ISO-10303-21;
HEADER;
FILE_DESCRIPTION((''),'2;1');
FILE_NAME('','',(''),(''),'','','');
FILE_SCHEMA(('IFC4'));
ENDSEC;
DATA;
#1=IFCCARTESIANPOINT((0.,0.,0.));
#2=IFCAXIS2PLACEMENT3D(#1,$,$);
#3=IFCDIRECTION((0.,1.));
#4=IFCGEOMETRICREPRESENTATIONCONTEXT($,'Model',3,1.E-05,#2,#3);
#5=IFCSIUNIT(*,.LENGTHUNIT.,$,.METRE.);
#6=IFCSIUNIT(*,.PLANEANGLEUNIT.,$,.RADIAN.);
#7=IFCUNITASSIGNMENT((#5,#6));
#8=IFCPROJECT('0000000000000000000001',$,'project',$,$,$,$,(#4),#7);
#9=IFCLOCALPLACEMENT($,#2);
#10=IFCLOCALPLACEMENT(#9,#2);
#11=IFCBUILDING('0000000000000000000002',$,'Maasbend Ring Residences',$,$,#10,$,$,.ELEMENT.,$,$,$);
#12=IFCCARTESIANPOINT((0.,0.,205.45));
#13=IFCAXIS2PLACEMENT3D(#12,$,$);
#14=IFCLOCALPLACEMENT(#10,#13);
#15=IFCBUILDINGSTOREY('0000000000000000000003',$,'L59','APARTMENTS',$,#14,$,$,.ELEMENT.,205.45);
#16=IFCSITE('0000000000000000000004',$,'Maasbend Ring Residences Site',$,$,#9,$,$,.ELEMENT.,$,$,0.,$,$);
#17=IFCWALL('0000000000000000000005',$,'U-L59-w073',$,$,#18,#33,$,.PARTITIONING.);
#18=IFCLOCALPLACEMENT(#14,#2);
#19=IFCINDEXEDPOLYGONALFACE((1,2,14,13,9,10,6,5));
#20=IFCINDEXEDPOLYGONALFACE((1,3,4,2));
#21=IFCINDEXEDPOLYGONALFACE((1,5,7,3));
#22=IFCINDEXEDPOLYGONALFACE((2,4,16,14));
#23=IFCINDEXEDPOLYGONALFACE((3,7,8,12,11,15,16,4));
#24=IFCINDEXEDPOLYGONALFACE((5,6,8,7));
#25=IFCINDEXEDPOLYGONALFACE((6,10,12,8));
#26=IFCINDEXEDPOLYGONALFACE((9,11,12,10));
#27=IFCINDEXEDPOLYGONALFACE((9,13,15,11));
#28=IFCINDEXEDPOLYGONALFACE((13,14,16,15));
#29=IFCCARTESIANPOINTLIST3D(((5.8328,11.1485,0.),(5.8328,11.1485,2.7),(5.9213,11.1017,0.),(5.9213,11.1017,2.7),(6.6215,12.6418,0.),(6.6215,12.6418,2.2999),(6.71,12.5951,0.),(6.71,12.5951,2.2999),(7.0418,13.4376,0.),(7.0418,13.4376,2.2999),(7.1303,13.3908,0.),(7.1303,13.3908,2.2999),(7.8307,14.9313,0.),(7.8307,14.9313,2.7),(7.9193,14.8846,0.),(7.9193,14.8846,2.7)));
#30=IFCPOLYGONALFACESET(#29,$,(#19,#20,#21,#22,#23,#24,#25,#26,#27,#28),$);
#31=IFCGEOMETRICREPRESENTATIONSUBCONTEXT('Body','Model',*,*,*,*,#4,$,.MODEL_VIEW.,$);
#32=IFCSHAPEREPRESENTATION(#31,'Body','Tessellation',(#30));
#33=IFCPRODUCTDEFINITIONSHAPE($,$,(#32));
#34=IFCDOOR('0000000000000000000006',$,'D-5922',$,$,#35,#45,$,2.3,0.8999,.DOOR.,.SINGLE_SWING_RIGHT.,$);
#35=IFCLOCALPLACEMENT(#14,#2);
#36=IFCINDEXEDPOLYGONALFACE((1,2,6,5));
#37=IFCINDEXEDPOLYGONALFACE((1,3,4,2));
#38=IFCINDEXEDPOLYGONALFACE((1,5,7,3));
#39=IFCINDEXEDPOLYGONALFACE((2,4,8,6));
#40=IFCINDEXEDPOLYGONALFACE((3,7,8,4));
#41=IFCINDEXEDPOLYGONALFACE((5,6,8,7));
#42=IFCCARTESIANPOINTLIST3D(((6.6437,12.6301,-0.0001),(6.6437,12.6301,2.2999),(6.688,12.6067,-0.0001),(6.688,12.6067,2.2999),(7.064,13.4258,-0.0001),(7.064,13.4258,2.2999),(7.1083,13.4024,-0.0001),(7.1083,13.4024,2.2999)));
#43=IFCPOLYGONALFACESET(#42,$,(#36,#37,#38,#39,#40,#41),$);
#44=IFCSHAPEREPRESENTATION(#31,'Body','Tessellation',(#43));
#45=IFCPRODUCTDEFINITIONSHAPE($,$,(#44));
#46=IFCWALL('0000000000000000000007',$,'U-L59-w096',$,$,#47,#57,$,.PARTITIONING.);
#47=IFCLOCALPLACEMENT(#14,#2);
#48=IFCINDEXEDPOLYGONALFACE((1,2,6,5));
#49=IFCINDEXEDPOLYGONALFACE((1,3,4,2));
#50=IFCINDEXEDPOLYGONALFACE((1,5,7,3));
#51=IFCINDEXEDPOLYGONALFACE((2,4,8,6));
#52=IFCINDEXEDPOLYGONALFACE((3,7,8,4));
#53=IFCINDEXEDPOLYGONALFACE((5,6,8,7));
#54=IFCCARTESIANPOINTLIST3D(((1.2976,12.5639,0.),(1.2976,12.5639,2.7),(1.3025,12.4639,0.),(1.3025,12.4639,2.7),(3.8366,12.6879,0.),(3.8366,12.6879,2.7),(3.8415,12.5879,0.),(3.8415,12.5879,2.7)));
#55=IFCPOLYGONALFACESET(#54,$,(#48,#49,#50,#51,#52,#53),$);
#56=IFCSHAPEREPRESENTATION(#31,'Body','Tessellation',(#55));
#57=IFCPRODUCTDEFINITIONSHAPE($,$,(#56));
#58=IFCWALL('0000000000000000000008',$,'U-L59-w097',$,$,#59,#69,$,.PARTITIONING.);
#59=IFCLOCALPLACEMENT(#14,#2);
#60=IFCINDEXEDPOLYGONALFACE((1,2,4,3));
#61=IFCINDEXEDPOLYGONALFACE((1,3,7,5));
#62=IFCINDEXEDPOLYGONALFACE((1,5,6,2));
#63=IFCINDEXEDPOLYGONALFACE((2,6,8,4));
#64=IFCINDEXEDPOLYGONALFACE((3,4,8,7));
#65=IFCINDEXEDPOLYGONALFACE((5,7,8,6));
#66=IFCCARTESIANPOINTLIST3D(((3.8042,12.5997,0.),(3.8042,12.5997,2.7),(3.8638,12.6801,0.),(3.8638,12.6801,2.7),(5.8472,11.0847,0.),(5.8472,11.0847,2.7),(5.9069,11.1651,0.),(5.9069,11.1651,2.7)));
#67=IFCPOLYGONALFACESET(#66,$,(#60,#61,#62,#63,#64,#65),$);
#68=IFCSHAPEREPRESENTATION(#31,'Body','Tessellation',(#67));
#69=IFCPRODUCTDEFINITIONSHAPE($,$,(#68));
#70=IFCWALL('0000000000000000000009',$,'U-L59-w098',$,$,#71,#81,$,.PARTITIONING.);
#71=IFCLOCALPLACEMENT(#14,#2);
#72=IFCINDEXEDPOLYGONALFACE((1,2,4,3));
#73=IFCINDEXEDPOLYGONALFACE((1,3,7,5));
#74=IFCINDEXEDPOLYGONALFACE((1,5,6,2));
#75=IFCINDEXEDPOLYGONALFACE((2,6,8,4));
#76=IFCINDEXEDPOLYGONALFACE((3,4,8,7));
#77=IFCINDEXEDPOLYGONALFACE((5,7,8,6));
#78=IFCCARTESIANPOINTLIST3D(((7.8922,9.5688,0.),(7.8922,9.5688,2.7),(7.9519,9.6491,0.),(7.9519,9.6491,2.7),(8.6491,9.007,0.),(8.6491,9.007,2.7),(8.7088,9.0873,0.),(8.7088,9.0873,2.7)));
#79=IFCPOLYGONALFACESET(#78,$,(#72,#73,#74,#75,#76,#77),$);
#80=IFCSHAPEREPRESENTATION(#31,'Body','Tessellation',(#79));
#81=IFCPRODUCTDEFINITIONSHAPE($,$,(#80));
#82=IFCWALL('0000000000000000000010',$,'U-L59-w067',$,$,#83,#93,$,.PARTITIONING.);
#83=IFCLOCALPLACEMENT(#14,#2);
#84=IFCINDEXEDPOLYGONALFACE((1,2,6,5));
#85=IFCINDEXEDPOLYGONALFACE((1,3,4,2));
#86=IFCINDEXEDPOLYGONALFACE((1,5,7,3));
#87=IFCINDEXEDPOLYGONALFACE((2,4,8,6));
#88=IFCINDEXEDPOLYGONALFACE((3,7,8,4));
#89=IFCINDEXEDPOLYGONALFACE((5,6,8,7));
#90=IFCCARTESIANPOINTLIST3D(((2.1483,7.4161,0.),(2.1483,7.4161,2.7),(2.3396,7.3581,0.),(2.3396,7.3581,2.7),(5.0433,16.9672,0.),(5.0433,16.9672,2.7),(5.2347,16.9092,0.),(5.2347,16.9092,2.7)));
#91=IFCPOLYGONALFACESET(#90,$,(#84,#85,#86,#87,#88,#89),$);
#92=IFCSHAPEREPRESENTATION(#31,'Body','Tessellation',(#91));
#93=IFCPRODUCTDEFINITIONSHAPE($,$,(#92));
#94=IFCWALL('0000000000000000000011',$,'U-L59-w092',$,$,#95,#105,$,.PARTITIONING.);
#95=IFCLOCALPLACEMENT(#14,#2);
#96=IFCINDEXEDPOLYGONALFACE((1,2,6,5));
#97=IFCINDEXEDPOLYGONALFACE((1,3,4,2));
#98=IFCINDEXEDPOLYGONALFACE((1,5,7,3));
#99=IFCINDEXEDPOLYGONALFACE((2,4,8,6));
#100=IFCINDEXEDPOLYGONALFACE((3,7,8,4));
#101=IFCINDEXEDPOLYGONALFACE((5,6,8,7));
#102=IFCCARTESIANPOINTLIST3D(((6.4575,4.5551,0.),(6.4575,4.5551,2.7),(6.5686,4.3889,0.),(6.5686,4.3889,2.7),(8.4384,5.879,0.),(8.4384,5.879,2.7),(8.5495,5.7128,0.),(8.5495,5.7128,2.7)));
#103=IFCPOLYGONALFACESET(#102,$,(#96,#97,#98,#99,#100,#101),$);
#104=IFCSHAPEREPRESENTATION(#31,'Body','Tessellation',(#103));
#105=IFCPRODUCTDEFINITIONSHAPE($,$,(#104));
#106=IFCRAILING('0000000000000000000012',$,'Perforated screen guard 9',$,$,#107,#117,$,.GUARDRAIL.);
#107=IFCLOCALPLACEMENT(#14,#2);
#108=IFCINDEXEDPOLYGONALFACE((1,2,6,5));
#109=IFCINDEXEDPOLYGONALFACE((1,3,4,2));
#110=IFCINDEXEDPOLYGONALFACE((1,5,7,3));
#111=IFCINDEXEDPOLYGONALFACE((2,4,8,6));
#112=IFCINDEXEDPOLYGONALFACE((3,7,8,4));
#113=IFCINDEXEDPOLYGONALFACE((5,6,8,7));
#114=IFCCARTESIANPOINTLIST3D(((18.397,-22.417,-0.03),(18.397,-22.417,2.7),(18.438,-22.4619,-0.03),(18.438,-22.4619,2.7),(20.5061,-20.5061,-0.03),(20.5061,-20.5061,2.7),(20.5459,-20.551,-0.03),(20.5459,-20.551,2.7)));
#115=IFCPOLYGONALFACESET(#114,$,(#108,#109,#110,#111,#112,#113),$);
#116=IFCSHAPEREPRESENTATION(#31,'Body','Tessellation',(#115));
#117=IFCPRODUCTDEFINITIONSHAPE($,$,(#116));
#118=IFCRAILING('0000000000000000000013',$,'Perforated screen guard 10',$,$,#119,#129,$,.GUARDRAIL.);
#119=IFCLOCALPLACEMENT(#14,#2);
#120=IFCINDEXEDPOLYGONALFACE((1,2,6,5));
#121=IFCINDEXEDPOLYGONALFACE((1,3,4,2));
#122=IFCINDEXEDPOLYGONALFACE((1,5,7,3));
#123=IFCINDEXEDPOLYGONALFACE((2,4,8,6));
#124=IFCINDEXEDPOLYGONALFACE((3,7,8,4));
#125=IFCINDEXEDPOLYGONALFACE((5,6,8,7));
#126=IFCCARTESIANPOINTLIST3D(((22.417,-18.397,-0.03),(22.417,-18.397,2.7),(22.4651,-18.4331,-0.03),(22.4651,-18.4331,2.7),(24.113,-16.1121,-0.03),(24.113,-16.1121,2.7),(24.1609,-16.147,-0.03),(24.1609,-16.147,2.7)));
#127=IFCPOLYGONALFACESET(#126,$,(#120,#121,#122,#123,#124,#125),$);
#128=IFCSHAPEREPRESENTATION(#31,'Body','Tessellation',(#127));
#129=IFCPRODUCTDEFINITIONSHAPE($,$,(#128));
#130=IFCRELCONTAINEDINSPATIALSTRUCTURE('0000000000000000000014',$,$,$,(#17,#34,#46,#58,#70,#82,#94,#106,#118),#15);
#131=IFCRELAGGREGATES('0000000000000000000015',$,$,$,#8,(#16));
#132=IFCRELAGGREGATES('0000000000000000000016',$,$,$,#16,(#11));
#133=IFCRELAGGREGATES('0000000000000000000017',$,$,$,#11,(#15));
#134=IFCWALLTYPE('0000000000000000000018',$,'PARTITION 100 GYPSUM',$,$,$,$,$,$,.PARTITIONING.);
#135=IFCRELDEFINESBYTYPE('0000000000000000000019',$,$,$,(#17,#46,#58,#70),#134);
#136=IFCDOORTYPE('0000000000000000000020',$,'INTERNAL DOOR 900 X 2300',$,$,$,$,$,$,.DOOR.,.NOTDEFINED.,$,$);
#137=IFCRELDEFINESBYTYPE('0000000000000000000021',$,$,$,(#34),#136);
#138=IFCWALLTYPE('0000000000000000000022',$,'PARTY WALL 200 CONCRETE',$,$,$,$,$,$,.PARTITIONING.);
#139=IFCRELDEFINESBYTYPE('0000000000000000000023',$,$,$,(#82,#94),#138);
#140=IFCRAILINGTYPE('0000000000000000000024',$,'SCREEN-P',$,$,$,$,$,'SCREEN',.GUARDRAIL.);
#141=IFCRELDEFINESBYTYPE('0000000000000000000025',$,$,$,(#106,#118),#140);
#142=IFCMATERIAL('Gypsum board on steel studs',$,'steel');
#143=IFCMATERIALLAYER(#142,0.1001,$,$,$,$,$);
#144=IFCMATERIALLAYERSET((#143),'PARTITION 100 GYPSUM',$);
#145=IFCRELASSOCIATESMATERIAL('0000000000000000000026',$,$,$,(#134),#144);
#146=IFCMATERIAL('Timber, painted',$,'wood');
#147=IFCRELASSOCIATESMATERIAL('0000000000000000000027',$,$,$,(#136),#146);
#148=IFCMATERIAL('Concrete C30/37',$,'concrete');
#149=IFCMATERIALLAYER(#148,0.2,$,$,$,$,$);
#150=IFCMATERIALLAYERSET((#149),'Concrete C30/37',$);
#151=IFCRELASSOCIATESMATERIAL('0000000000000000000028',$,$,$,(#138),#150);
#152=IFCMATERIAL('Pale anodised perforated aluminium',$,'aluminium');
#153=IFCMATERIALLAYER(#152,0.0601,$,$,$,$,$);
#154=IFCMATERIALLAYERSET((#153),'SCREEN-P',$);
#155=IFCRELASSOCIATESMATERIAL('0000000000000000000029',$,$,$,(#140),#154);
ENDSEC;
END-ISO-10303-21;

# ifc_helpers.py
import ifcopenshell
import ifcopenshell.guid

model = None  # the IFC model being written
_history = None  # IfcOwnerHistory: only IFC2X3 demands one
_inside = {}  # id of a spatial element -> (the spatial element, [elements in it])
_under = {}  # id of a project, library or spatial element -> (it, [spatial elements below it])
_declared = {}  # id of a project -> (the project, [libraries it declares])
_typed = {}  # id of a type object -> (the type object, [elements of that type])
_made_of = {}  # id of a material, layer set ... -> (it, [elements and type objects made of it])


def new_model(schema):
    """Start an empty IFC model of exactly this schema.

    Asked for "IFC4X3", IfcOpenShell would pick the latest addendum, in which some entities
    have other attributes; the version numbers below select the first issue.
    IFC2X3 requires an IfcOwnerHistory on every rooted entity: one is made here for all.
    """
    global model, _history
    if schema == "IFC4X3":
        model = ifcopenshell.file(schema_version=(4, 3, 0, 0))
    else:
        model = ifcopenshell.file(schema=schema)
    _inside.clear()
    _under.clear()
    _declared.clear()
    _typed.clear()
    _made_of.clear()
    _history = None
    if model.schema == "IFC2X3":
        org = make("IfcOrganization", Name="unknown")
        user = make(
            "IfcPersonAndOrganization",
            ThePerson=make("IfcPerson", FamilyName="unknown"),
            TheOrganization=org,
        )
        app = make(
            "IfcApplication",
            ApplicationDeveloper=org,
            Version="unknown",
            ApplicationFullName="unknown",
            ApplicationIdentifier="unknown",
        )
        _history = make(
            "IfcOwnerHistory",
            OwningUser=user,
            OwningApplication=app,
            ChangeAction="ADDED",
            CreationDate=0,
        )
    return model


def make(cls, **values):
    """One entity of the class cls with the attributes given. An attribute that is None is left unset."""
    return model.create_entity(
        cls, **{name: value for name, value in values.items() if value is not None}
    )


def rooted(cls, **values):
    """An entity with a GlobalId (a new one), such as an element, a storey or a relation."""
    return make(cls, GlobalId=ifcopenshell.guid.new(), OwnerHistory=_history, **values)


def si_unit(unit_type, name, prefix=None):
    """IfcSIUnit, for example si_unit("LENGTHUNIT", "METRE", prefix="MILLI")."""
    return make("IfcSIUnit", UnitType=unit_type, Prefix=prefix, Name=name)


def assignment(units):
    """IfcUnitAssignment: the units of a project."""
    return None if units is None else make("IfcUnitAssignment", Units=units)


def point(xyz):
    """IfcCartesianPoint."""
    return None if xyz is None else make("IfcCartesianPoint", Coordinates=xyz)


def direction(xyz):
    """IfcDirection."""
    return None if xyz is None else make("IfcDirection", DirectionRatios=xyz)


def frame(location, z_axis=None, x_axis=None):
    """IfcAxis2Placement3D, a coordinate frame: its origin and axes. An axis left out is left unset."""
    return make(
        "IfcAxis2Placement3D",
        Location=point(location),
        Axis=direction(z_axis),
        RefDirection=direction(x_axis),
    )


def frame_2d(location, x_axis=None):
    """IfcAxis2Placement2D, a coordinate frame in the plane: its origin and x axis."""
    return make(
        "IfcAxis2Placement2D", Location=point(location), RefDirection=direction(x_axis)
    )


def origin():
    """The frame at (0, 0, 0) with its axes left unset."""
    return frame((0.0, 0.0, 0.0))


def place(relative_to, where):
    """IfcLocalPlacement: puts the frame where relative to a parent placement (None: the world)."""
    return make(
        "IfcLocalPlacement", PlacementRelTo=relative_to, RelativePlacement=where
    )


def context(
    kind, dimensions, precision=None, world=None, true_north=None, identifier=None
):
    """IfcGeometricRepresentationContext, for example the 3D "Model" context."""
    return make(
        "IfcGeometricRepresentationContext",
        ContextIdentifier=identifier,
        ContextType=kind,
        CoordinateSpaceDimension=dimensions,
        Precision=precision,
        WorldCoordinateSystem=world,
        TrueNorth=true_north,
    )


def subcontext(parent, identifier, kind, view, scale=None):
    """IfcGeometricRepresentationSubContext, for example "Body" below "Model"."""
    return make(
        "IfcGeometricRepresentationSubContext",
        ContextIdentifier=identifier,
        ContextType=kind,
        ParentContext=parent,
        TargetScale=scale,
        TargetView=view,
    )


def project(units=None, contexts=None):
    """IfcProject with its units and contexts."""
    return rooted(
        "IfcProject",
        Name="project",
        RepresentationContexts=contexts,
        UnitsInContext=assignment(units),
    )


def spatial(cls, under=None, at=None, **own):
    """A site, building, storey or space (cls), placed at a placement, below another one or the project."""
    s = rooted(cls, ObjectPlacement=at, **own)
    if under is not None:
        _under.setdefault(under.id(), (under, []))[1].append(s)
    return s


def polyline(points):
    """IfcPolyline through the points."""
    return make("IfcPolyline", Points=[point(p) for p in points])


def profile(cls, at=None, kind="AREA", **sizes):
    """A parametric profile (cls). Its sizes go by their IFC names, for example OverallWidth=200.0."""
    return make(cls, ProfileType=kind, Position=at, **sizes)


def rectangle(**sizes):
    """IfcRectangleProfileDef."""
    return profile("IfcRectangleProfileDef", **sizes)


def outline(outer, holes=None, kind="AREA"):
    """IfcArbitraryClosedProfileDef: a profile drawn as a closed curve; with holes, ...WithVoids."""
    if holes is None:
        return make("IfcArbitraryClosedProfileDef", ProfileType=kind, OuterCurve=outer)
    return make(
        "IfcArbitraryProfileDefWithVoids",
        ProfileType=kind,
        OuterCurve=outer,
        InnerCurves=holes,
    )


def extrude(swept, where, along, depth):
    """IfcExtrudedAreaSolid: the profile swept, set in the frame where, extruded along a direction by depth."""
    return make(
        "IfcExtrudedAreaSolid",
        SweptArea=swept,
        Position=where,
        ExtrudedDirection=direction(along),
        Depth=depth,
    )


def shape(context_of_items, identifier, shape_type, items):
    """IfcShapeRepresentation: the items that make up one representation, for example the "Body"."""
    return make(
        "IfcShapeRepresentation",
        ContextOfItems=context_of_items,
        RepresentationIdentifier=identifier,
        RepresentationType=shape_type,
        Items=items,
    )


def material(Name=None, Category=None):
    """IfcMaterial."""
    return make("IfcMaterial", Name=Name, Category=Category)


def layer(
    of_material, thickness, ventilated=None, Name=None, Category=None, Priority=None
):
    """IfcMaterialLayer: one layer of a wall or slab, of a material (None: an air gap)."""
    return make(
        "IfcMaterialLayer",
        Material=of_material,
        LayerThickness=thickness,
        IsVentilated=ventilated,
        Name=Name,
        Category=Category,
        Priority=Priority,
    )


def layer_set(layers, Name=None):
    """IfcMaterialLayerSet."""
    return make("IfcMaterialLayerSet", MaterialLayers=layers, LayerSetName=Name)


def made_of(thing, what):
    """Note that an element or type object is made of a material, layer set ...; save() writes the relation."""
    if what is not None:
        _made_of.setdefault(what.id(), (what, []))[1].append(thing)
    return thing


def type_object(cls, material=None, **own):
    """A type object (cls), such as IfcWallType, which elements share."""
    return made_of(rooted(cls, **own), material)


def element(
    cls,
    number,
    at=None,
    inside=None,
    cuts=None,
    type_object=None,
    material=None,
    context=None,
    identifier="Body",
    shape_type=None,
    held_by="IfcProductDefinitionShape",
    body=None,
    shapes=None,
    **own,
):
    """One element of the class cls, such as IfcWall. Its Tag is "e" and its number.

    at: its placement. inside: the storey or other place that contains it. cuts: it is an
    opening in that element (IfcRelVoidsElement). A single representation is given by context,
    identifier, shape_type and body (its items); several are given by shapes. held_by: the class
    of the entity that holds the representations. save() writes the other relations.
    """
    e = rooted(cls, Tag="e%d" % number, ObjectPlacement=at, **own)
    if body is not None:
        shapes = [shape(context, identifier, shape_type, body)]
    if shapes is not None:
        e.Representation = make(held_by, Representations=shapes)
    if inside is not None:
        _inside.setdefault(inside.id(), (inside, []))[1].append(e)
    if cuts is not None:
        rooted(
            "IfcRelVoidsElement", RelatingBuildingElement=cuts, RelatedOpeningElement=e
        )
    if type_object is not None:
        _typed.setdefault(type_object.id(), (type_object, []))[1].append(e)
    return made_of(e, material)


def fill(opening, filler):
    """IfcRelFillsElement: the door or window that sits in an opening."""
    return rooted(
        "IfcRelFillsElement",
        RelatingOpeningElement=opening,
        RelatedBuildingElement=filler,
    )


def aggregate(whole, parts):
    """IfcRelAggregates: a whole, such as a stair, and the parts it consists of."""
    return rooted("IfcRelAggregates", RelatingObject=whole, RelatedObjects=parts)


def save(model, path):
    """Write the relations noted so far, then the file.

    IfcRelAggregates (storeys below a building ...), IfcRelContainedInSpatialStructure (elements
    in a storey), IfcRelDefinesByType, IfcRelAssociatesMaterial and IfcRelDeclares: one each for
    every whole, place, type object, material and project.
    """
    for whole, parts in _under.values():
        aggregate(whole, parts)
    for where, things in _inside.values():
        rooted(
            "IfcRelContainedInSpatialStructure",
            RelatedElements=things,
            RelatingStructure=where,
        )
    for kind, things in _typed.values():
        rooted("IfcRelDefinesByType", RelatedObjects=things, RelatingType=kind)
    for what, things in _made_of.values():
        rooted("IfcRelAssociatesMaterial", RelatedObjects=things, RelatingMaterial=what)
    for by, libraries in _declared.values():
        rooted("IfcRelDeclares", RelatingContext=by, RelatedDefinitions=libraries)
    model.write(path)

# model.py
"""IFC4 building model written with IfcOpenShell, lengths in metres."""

from ifc_helpers import new_model, si_unit, direction, frame, frame_2d, origin, place, context, subcontext, project, spatial, polyline, rectangle, outline, extrude, material, layer, layer_set, type_object, element, fill, save


model = new_model("IFC4")

# Units and contexts
model_context = context("Model", 3, precision=1e-05, world=origin(), true_north=direction((0.0, 1.0)))
body_context = subcontext(model_context, "Body", "Model", "MODEL_VIEW")
ifc_project = project(units=[si_unit("LENGTHUNIT", "METRE"), si_unit("PLANEANGLEUNIT", "RADIAN")], contexts=[model_context])

# Site, building, storey
site_placement = place(None, origin())
site = spatial("IfcSite", under=ifc_project, at=site_placement, Name="Maasbend Ring Residences Site", CompositionType="ELEMENT", RefElevation=0.0)
building_placement = place(site_placement, origin())
building = spatial("IfcBuilding", under=site, at=building_placement, Name="Maasbend Ring Residences", CompositionType="ELEMENT")
storey_placement = place(building_placement, frame((0.0, 0.0, 205.45)))
storey = spatial("IfcBuildingStorey", under=building, at=storey_placement, Name="L59", Description="APARTMENTS", CompositionType="ELEMENT", Elevation=205.45)

# Shared definitions
ifc_material_1 = material(Name="Gypsum board on steel studs", Category="steel")
ifc_layer_1 = layer(ifc_material_1, 0.1001)
ifc_layer_set_1 = layer_set([ifc_layer_1], Name="PARTITION 100 GYPSUM")
wall_type_1 = type_object("IfcWallType", Name="PARTITION 100 GYPSUM", PredefinedType="PARTITIONING", material=ifc_layer_set_1)
ifc_material_2 = material(Name="Timber, painted", Category="wood")
door_type = type_object("IfcDoorType", Name="INTERNAL DOOR 900 X 2300", OperationType="NOTDEFINED", PredefinedType="DOOR", material=ifc_material_2)

# Wall, opening, door
wall_1_placement = place(storey_placement, frame((5.877, 11.125, 0.0), z_axis=(0.0, 0.0, 1.0), x_axis=(0.46703, 0.884241, 0.0)))
wall_1 = element("IfcWall", 1, at=wall_1_placement, inside=storey, type_object=wall_type_1, Name="U-L59-w073", PredefinedType="PARTITIONING", context=body_context, shape_type="SweptSolid", body=[
    extrude(rectangle(XDim=4.2781, YDim=0.1001, at=frame_2d((2.1392, 0.0))), origin(), (0.0, 0.0, 1.0), 2.7),
])
opening_1_placement = place(wall_1_placement, frame((1.689, 0.0, 0.0)))
opening_1 = element("IfcOpeningElement", 2, at=opening_1_placement, cuts=wall_1, PredefinedType="OPENING", context=body_context, shape_type="SweptSolid", body=[
    extrude(rectangle(XDim=0.8999, YDim=2.3, at=frame_2d((0.45, 1.1499))), frame((0.0, 0.0601, 0.0), z_axis=(0.0, -1.0, 0.0), x_axis=(1.0, 0.0, 0.0)), (0.0, 0.0, 1.0), 0.1201),
])
door_1_placement = place(opening_1_placement, origin())
door_1 = element("IfcDoor", 3, at=door_1_placement, inside=storey, type_object=door_type, Name="D-5922", OperationType="SINGLE_SWING_RIGHT", OverallHeight=2.3, OverallWidth=0.8999, PredefinedType="DOOR", context=body_context, shape_type="SweptSolid", body=[
    extrude(rectangle(XDim=0.8999, YDim=2.3, at=frame_2d((0.45, 1.1499))), frame((0.0, 0.0249, 0.0), z_axis=(0.0, -1.0, 0.0), x_axis=(1.0, 0.0, 0.0)), (0.0, 0.0, 1.0), 0.05),
])
fill(opening_1, door_1)

# Walls
wall_2_placement = place(storey_placement, frame((1.3, 12.5139, 0.0), z_axis=(0.0, 0.0, 1.0), x_axis=(0.998809, 0.048788, 0.0)))
element("IfcWall", 4, at=wall_2_placement, inside=storey, type_object=wall_type_1, Name="U-L59-w096", PredefinedType="PARTITIONING", context=body_context, shape_type="SweptSolid", body=[
    extrude(rectangle(XDim=2.542, YDim=0.1001, at=frame_2d((1.271, 0.0))), origin(), (0.0, 0.0, 1.0), 2.7),
])
wall_3_placement = place(storey_placement, frame((3.834, 12.6399, 0.0), z_axis=(0.0, 0.0, 1.0), x_axis=(0.80326, -0.595629, 0.0)))
element("IfcWall", 5, at=wall_3_placement, inside=storey, type_object=wall_type_1, Name="U-L59-w097", PredefinedType="PARTITIONING", context=body_context, shape_type="SweptSolid", body=[
    extrude(rectangle(XDim=2.5435, YDim=0.1001, at=frame_2d((1.2717, 0.0))), origin(), (0.0, 0.0, 1.0), 2.7),
])
wall_4_placement = place(storey_placement, frame((7.9221, 9.6089, 0.0), z_axis=(0.0, 0.0, 1.0), x_axis=(0.802974, -0.596014, 0.0)))
element("IfcWall", 6, at=wall_4_placement, inside=storey, type_object=wall_type_1, Name="U-L59-w098", PredefinedType="PARTITIONING", context=body_context, shape_type="SweptSolid", body=[
    extrude(rectangle(XDim=0.9426, YDim=0.1001, at=frame_2d((0.4712, 0.0))), origin(), (0.0, 0.0, 1.0), 2.7),
])
ifc_material_3 = material(Name="Concrete C30/37", Category="concrete")
ifc_layer_2 = layer(ifc_material_3, 0.2)
ifc_layer_set_2 = layer_set([ifc_layer_2], Name="Concrete C30/37")
wall_type_2 = type_object("IfcWallType", Name="PARTY WALL 200 CONCRETE", PredefinedType="PARTITIONING", material=ifc_layer_set_2)
wall_5_placement = place(storey_placement, frame((2.2439, 7.387, 0.0), z_axis=(0.0, 0.0, 1.0), x_axis=(0.290078, 0.957003, 0.0)))
element("IfcWall", 7, at=wall_5_placement, inside=storey, type_object=wall_type_2, Name="U-L59-w067", PredefinedType="PARTITIONING", context=body_context, shape_type="SweptSolid", body=[
    extrude(rectangle(XDim=9.9802, YDim=0.2, at=frame_2d((4.9902, 0.0))), origin(), (0.0, 0.0, 1.0), 2.7),
])
wall_6_placement = place(storey_placement, frame((6.5129, 4.4719, 0.0), z_axis=(0.0, 0.0, 1.0), x_axis=(0.831403, 0.555669, 0.0)))
element("IfcWall", 8, at=wall_6_placement, inside=storey, type_object=wall_type_2, Name="U-L59-w092", PredefinedType="PARTITIONING", context=body_context, shape_type="SweptSolid", body=[
    extrude(rectangle(XDim=2.3826, YDim=0.2, at=frame_2d((1.1914, 0.0))), origin(), (0.0, 0.0, 1.0), 2.7),
])

# Railings
ifc_material_4 = material(Name="Pale anodised perforated aluminium", Category="aluminium")
ifc_layer_3 = layer(ifc_material_4, 0.0601)
ifc_layer_set_3 = layer_set([ifc_layer_3], Name="SCREEN-P")
railing_type = type_object("IfcRailingType", Name="SCREEN-P", ElementType="SCREEN", PredefinedType="GUARDRAIL", material=ifc_layer_set_3)
railing_1_placement = place(storey_placement, frame((0.0, 0.0, -0.03)))
element("IfcRailing", 9, at=railing_1_placement, inside=storey, type_object=railing_type, Name="Perforated screen guard 9", PredefinedType="GUARDRAIL", context=body_context, shape_type="SweptSolid", body=[
    extrude(outline(polyline([(18.397, -22.417), (20.5061, -20.5061), (20.5459, -20.551), (18.438, -22.4619), (18.397, -22.417)])), origin(), (0.0, 0.0, 1.0), 2.73),
])
railing_2_placement = place(storey_placement, frame((0.0, 0.0, -0.03)))
element("IfcRailing", 10, at=railing_2_placement, inside=storey, type_object=railing_type, Name="Perforated screen guard 10", PredefinedType="GUARDRAIL", context=body_context, shape_type="SweptSolid", body=[
    extrude(outline(polyline([(22.417, -18.397), (24.113, -16.1121), (24.1609, -16.147), (22.4651, -18.4331), (22.417, -18.397)])), origin(), (0.0, 0.0, 1.0), 2.73),
])

save(model, "model.ifc")
